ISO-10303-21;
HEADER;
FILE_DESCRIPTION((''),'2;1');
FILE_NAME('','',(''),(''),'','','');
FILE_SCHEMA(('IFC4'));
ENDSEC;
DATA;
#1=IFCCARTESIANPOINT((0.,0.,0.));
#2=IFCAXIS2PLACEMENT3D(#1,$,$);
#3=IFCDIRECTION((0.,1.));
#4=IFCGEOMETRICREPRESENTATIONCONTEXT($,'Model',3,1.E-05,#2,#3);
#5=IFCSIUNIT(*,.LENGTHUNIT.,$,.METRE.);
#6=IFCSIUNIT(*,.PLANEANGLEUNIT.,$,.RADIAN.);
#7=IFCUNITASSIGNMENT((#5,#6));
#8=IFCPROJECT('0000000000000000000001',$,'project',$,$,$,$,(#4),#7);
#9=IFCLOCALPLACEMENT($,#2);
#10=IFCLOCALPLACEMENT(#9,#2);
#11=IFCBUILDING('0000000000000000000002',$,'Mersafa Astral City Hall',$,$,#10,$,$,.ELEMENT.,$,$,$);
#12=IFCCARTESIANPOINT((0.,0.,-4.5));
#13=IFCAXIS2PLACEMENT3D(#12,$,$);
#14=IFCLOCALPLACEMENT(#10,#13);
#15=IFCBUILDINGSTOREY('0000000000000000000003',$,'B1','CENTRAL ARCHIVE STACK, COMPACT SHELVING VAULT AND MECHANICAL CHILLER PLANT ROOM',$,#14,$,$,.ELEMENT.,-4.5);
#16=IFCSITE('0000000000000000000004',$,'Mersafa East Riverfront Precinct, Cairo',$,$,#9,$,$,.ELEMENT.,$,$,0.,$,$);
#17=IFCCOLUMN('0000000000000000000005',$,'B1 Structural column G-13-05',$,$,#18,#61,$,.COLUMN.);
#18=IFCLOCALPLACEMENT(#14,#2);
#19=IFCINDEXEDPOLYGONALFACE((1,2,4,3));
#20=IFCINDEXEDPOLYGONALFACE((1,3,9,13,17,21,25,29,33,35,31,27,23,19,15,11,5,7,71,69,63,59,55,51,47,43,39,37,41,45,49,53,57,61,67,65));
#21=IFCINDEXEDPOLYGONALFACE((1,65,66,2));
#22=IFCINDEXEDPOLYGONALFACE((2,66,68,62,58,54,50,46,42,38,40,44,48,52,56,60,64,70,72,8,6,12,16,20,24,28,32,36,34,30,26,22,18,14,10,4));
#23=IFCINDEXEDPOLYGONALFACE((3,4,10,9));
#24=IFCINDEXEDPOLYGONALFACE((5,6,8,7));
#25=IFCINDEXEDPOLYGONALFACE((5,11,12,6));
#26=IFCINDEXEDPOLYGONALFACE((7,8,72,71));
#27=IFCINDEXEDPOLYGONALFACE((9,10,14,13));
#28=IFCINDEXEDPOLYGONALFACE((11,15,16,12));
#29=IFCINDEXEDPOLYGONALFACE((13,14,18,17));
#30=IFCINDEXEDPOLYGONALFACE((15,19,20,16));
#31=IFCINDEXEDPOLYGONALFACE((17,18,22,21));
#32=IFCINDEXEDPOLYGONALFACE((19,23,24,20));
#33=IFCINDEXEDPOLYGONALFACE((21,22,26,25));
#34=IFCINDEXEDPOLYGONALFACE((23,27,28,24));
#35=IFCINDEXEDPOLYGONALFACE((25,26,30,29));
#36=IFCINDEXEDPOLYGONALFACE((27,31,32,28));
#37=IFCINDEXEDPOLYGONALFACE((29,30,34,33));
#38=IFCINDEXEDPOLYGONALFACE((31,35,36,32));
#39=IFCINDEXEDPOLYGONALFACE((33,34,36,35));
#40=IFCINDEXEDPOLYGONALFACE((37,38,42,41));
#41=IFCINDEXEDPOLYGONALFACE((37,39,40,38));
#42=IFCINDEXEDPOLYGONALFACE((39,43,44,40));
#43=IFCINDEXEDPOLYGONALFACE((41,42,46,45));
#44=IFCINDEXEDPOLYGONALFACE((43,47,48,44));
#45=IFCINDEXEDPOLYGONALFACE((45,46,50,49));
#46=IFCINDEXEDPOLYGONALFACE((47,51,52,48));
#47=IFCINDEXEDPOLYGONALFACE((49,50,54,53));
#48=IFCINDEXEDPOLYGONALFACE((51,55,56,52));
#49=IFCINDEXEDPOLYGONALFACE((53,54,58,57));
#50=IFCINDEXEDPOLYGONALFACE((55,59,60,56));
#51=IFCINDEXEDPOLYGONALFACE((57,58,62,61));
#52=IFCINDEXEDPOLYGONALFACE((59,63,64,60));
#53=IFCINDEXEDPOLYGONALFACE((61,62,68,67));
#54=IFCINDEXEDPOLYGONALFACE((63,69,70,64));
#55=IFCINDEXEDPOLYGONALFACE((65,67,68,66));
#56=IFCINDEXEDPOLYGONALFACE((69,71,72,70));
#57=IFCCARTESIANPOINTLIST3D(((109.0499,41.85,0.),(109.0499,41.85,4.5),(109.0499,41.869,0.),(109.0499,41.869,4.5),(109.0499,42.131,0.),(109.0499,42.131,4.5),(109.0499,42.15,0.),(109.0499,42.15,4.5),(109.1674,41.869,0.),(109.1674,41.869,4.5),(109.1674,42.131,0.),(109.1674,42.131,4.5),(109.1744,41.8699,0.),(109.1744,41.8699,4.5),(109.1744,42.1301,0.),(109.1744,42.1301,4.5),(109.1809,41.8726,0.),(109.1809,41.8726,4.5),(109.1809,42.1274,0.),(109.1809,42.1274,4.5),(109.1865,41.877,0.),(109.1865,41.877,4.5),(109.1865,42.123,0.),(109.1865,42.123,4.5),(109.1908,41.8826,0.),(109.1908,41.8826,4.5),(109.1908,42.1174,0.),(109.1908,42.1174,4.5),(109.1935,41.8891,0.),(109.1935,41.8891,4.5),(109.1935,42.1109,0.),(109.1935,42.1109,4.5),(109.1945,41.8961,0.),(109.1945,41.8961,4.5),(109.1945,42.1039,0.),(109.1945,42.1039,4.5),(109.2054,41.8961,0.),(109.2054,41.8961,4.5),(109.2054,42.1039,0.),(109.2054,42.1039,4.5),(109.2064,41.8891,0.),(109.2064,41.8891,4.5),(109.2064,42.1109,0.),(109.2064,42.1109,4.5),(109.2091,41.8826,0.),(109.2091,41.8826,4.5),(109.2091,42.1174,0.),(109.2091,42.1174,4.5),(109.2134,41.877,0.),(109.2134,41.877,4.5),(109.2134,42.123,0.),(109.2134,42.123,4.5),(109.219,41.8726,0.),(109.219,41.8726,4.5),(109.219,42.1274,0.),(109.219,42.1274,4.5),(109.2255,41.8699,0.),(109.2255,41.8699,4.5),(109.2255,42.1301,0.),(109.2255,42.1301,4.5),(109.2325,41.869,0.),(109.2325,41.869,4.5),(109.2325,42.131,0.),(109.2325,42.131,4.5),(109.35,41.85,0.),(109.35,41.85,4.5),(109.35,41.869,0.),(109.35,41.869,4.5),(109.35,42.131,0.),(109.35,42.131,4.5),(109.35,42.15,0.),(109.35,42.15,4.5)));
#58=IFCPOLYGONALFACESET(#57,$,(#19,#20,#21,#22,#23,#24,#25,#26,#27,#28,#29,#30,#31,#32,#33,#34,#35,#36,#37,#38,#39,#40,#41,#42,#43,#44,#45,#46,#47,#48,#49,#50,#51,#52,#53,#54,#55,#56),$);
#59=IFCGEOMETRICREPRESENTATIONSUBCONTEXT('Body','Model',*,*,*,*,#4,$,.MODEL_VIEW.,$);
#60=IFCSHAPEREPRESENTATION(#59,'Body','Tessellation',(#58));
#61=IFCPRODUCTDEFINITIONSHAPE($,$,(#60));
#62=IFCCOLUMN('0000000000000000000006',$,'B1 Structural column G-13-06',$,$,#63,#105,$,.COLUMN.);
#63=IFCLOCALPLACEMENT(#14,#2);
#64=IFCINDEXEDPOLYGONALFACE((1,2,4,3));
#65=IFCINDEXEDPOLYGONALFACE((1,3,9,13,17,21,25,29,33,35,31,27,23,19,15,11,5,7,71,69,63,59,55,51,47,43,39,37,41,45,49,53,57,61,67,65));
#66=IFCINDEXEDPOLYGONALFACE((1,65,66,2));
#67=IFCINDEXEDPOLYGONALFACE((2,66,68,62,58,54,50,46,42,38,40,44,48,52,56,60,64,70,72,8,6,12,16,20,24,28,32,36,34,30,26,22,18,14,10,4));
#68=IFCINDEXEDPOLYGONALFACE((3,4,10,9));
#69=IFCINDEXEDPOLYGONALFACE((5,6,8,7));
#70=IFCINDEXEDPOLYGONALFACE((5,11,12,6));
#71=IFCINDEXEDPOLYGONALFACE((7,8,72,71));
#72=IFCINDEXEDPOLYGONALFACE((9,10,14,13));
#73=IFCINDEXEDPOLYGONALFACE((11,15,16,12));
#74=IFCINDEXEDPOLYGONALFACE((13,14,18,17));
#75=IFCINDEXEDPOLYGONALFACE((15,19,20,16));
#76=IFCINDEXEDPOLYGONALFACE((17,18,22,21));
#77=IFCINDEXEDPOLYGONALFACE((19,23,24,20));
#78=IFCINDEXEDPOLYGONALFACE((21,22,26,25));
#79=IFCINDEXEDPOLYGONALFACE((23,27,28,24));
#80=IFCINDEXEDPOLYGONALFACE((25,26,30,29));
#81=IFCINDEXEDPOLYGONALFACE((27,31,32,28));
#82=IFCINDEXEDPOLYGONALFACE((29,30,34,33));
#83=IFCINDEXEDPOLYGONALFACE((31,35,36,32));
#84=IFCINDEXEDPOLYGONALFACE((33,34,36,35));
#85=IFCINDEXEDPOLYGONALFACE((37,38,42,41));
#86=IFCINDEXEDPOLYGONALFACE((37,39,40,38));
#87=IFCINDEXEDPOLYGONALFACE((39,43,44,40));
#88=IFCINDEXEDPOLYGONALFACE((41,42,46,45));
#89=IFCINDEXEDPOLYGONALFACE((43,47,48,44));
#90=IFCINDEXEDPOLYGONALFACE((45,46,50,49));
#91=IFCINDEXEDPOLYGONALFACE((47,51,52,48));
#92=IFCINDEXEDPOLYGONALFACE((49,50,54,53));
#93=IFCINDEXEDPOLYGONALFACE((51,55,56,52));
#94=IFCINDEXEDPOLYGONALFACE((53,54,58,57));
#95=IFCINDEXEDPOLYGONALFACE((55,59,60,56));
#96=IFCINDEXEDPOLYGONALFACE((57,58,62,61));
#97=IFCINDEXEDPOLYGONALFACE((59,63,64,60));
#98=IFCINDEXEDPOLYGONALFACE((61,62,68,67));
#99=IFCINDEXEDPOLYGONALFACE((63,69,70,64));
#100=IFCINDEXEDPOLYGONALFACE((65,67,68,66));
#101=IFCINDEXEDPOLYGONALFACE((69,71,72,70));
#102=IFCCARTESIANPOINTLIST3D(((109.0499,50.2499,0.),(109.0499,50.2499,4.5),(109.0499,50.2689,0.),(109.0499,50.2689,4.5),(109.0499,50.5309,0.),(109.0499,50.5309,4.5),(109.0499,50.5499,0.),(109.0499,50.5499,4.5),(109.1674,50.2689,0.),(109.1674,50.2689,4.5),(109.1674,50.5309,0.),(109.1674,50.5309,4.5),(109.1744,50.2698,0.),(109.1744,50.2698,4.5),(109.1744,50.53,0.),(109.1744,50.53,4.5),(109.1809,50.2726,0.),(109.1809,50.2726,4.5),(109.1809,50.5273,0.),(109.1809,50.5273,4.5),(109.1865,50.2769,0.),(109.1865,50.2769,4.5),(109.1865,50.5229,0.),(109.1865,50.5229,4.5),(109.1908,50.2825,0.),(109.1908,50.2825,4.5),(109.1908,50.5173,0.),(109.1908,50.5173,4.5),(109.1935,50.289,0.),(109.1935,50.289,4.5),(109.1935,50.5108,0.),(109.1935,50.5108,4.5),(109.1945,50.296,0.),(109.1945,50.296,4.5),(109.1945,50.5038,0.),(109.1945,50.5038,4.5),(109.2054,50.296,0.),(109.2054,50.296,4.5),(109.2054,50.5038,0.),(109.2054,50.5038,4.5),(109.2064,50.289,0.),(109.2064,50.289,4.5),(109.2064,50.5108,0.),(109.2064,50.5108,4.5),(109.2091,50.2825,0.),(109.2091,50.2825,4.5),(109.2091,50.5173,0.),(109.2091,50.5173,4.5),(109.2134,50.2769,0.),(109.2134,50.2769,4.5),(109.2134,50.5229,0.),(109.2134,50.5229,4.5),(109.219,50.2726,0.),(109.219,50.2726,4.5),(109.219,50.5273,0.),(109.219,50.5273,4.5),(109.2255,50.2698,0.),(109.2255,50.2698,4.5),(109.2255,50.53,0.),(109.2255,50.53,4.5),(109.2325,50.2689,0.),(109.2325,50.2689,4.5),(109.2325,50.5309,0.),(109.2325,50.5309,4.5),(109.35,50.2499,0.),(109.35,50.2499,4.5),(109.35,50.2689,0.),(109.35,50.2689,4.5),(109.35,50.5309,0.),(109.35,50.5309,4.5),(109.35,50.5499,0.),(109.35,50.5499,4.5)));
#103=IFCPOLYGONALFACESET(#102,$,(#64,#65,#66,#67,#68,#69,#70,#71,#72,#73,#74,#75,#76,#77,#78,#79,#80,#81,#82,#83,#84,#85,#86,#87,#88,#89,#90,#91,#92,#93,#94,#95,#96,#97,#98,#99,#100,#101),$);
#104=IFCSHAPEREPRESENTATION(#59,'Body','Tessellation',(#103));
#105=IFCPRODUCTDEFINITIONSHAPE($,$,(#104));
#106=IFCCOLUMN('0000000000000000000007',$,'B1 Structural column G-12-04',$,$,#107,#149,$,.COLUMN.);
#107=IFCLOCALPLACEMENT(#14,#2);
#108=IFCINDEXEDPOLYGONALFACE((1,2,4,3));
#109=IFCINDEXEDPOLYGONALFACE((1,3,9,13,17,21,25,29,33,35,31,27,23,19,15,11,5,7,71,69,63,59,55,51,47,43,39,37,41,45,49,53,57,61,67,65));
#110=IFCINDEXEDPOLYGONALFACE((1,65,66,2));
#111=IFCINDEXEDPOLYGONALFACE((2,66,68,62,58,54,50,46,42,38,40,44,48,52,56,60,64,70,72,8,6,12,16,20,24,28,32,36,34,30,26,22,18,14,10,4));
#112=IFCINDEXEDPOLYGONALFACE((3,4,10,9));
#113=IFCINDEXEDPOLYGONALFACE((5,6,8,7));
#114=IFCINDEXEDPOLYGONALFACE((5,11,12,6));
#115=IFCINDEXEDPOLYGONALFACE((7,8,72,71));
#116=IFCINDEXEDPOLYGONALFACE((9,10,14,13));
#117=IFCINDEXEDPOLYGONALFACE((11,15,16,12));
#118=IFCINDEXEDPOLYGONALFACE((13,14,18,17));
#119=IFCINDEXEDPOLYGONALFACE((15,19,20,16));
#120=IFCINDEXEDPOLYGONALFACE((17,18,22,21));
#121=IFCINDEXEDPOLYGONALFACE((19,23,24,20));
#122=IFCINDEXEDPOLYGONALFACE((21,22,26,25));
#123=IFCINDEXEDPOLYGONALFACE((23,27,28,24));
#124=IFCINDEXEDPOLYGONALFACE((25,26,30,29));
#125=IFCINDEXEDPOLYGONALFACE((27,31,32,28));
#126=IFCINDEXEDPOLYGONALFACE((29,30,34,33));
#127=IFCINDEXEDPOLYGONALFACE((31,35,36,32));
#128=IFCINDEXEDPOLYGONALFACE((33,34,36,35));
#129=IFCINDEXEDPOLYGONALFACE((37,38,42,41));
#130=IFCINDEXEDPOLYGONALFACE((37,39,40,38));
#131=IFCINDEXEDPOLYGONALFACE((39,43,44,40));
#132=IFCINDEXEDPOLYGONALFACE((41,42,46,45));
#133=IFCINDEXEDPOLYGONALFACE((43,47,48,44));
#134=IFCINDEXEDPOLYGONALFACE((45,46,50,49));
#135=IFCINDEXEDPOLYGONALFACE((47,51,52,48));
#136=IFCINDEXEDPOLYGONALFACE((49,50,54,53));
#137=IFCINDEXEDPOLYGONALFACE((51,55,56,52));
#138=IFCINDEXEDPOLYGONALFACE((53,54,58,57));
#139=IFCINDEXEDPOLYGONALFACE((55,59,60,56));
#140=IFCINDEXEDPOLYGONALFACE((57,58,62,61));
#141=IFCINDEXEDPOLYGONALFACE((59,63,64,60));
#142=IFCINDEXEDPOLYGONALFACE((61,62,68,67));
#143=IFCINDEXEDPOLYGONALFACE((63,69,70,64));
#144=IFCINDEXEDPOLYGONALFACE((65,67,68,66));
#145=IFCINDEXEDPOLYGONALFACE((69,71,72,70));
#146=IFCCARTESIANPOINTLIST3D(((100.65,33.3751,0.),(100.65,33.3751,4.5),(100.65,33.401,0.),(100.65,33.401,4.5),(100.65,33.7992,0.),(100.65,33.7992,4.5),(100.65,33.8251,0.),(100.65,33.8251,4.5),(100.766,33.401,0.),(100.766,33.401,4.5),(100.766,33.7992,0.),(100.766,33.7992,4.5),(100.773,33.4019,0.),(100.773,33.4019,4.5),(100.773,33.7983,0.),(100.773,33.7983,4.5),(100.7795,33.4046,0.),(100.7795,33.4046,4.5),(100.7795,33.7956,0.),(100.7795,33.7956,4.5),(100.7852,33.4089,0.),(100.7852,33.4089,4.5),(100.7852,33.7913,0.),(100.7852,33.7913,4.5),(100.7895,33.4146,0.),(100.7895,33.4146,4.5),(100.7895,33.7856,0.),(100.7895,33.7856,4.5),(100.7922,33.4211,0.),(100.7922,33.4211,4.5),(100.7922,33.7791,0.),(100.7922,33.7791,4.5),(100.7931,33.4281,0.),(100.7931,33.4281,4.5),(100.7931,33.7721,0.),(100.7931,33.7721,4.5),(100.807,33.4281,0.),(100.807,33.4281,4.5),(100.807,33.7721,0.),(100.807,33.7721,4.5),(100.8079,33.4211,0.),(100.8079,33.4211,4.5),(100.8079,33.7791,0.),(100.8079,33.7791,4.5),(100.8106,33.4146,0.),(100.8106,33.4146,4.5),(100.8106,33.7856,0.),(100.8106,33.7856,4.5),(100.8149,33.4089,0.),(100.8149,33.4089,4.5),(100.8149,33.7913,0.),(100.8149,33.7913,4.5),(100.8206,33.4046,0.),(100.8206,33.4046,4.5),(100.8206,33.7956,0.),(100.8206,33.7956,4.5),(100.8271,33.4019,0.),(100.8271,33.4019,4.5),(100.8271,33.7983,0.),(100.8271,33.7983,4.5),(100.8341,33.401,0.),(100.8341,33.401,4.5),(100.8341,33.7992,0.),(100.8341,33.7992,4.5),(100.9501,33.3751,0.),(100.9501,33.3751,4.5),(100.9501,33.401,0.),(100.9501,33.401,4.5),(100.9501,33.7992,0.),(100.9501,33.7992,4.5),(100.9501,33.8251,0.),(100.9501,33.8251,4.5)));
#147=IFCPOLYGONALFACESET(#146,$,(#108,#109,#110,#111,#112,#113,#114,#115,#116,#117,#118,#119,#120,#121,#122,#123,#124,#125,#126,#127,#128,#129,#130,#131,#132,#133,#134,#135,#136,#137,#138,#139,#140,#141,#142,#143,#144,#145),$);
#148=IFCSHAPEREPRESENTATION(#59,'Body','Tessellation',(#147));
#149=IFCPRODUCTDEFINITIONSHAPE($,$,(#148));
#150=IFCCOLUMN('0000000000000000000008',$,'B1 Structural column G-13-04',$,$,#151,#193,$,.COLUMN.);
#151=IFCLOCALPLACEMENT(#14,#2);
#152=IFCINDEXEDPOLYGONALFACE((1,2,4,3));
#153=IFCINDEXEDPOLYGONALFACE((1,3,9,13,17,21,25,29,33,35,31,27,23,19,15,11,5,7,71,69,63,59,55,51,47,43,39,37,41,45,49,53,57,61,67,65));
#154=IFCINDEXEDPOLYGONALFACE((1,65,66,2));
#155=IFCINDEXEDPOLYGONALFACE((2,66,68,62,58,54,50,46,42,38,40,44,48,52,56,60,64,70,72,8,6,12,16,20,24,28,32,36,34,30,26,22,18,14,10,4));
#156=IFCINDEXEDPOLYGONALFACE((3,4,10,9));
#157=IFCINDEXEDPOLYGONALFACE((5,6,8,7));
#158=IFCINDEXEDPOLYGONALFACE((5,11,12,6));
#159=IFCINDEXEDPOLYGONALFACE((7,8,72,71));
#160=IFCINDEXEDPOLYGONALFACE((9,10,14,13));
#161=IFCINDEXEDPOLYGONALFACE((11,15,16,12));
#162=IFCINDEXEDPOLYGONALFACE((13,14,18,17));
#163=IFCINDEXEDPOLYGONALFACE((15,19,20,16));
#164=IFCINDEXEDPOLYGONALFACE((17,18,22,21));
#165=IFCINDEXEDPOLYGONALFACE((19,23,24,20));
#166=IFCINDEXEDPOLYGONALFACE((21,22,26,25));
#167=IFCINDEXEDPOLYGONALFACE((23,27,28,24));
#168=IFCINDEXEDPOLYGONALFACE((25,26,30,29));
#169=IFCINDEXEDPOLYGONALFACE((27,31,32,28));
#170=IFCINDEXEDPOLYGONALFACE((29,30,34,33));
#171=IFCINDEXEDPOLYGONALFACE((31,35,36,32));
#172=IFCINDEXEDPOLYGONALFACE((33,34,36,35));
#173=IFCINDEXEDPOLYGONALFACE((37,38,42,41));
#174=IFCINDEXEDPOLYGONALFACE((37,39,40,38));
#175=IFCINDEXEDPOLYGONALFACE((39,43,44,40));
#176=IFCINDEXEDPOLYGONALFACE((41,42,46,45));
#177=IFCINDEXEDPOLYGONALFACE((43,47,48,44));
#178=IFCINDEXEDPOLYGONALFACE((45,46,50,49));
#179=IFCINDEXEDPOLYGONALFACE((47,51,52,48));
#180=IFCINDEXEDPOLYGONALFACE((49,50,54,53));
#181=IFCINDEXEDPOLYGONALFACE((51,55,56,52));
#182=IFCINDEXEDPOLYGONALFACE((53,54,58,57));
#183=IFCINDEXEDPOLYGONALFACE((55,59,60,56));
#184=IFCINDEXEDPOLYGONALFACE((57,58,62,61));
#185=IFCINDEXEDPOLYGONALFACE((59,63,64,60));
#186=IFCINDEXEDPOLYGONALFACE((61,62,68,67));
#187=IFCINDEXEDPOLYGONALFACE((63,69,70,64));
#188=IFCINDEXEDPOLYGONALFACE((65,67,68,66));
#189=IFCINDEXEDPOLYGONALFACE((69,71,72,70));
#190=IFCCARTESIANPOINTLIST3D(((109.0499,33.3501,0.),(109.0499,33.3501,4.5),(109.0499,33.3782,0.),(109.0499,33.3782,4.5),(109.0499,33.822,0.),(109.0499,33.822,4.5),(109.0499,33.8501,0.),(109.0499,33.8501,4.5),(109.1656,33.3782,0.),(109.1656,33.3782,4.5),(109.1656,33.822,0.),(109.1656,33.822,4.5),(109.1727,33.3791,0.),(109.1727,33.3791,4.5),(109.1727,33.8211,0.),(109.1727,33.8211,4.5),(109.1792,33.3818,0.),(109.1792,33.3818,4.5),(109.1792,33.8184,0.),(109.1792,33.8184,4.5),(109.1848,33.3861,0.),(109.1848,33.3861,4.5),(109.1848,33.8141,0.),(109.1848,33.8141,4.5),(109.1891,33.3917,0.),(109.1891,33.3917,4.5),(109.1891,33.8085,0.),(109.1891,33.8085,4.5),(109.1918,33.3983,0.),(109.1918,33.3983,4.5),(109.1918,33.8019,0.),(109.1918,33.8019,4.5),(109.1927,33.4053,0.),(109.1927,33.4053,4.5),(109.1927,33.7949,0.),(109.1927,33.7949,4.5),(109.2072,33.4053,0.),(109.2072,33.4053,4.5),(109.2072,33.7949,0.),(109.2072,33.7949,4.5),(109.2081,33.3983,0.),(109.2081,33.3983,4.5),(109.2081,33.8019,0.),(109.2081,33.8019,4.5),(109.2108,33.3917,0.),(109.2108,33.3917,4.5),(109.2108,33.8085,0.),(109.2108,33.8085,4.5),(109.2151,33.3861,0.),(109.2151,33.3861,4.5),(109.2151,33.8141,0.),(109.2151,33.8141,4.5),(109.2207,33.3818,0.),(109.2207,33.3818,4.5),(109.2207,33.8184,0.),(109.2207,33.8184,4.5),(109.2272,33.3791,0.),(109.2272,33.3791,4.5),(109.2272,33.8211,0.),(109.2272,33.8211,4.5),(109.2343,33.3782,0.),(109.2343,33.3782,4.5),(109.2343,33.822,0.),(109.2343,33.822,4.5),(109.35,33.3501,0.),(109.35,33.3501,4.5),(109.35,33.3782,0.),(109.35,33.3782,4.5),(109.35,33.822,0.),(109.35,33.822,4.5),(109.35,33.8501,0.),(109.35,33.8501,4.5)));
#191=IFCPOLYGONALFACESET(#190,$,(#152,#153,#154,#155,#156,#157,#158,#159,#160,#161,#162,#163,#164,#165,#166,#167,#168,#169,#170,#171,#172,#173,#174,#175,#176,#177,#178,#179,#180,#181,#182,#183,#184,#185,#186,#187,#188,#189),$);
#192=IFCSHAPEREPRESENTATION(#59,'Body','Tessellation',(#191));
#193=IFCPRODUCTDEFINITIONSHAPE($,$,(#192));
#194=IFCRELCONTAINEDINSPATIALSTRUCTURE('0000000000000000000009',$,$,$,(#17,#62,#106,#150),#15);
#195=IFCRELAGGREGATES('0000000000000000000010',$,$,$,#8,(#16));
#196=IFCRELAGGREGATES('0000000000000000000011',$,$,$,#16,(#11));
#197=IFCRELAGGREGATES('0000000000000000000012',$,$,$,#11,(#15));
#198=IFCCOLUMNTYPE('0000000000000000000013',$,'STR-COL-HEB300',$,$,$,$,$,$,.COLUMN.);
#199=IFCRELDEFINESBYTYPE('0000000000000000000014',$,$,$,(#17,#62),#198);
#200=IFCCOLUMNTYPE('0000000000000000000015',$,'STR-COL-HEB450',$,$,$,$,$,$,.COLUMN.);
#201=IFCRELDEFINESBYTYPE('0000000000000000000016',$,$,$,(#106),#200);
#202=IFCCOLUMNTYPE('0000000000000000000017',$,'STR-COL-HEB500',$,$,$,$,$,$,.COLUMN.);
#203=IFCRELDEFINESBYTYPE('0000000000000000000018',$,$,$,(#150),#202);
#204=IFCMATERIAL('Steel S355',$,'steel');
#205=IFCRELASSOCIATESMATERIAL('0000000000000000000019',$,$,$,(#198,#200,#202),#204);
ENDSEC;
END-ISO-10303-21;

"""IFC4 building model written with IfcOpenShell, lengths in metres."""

from ifc_helpers import new_model, si_unit, direction, frame, origin, origin_2d, place, context, subcontext, project, spatial, i_section, extrude, material, material_profile, profile_set, type_object, element, save


model = new_model("IFC4")

# Units and contexts
model_context = context("Model", 3, precision=1e-05, world=origin(), true_north=direction((0.0, 1.0)))
body_context = subcontext(model_context, "Body", "Model", "MODEL_VIEW")
ifc_project = project(units=[si_unit("LENGTHUNIT", "METRE"), si_unit("PLANEANGLEUNIT", "RADIAN")], contexts=[model_context])

# Site, building, storey
site_placement = place(None, origin())
site = spatial("IfcSite", under=ifc_project, at=site_placement, Name="Mersafa East Riverfront Precinct, Cairo", CompositionType="ELEMENT", RefElevation=0.0)
building_placement = place(site_placement, origin())
building = spatial("IfcBuilding", under=site, at=building_placement, Name="Mersafa Astral City Hall", CompositionType="ELEMENT")
storey_placement = place(building_placement, frame((0.0, 0.0, -4.5)))
storey = spatial("IfcBuildingStorey", under=building, at=storey_placement, Name="B1", Description="CENTRAL ARCHIVE STACK, COMPACT SHELVING VAULT AND MECHANICAL CHILLER PLANT ROOM", CompositionType="ELEMENT", Elevation=-4.5)

# Columns
ifc_material_1 = material(Name="Steel S355", Category="steel")
ifc_material_profile_1 = material_profile(ifc_material_1, i_section(OverallWidth=0.3, OverallDepth=0.3, WebThickness=0.011, FlangeThickness=0.019, FilletRadius=0.0271, at=origin_2d()), Name="HEB 300")
ifc_profile_set_1 = profile_set([ifc_material_profile_1], Name="Steel S355")
column_type_1 = type_object("IfcColumnType", Name="STR-COL-HEB300", PredefinedType="COLUMN", material=ifc_profile_set_1)
for number, where, z_axis, x_axis, name in (
    (1, (109.2, 42.0, 0.0), (0.0, 0.0, 1.0), (1.0, 0.0, 0.0), "B1 Structural column G-13-05"),
    (2, (109.2, 50.3999, 0.0), (0.0, 0.0, 1.0), (1.0, 0.0, 0.0), "B1 Structural column G-13-06"),
):
    element("IfcColumn", number, at=place(storey_placement, frame(where, z_axis=z_axis, x_axis=x_axis)), inside=storey, type_object=column_type_1, Name=name, PredefinedType="COLUMN", context=body_context, shape_type="SweptSolid", body=[
        extrude(i_section(OverallWidth=0.3, OverallDepth=0.3, WebThickness=0.011, FlangeThickness=0.019, FilletRadius=0.0271, at=origin_2d()), origin(), (0.0, 0.0, 1.0), 4.5),
    ])
ifc_material_profile_2 = material_profile(ifc_material_1, i_section(OverallWidth=0.3, OverallDepth=0.45, WebThickness=0.0139, FlangeThickness=0.0259, FilletRadius=0.0271, at=origin_2d()), Name="HEB 450")
ifc_profile_set_2 = profile_set([ifc_material_profile_2], Name="Steel S355")
column_type_2 = type_object("IfcColumnType", Name="STR-COL-HEB450", PredefinedType="COLUMN", material=ifc_profile_set_2)
column_1_placement = place(storey_placement, frame((100.8, 33.6001, 0.0), z_axis=(0.0, 0.0, 1.0), x_axis=(1.0, 0.0, 0.0)))
element("IfcColumn", 3, at=column_1_placement, inside=storey, type_object=column_type_2, Name="B1 Structural column G-12-04", PredefinedType="COLUMN", context=body_context, shape_type="SweptSolid", body=[
    extrude(i_section(OverallWidth=0.3, OverallDepth=0.45, WebThickness=0.0139, FlangeThickness=0.0259, FilletRadius=0.0271, at=origin_2d()), origin(), (0.0, 0.0, 1.0), 4.5),
])
ifc_material_profile_3 = material_profile(ifc_material_1, i_section(OverallWidth=0.3, OverallDepth=0.5, WebThickness=0.0144, FlangeThickness=0.0281, FilletRadius=0.0271, at=origin_2d()), Name="HEB 500")
ifc_profile_set_3 = profile_set([ifc_material_profile_3], Name="Steel S355")
column_type_3 = type_object("IfcColumnType", Name="STR-COL-HEB500", PredefinedType="COLUMN", material=ifc_profile_set_3)
column_2_placement = place(storey_placement, frame((109.2, 33.6001, 0.0), z_axis=(0.0, 0.0, 1.0), x_axis=(1.0, 0.0, 0.0)))
element("IfcColumn", 4, at=column_2_placement, inside=storey, type_object=column_type_3, Name="B1 Structural column G-13-04", PredefinedType="COLUMN", context=body_context, shape_type="SweptSolid", body=[
    extrude(i_section(OverallWidth=0.3, OverallDepth=0.5, WebThickness=0.0144, FlangeThickness=0.0281, FilletRadius=0.0271, at=origin_2d()), origin(), (0.0, 0.0, 1.0), 4.5),
])

save(model, "model.ifc")
